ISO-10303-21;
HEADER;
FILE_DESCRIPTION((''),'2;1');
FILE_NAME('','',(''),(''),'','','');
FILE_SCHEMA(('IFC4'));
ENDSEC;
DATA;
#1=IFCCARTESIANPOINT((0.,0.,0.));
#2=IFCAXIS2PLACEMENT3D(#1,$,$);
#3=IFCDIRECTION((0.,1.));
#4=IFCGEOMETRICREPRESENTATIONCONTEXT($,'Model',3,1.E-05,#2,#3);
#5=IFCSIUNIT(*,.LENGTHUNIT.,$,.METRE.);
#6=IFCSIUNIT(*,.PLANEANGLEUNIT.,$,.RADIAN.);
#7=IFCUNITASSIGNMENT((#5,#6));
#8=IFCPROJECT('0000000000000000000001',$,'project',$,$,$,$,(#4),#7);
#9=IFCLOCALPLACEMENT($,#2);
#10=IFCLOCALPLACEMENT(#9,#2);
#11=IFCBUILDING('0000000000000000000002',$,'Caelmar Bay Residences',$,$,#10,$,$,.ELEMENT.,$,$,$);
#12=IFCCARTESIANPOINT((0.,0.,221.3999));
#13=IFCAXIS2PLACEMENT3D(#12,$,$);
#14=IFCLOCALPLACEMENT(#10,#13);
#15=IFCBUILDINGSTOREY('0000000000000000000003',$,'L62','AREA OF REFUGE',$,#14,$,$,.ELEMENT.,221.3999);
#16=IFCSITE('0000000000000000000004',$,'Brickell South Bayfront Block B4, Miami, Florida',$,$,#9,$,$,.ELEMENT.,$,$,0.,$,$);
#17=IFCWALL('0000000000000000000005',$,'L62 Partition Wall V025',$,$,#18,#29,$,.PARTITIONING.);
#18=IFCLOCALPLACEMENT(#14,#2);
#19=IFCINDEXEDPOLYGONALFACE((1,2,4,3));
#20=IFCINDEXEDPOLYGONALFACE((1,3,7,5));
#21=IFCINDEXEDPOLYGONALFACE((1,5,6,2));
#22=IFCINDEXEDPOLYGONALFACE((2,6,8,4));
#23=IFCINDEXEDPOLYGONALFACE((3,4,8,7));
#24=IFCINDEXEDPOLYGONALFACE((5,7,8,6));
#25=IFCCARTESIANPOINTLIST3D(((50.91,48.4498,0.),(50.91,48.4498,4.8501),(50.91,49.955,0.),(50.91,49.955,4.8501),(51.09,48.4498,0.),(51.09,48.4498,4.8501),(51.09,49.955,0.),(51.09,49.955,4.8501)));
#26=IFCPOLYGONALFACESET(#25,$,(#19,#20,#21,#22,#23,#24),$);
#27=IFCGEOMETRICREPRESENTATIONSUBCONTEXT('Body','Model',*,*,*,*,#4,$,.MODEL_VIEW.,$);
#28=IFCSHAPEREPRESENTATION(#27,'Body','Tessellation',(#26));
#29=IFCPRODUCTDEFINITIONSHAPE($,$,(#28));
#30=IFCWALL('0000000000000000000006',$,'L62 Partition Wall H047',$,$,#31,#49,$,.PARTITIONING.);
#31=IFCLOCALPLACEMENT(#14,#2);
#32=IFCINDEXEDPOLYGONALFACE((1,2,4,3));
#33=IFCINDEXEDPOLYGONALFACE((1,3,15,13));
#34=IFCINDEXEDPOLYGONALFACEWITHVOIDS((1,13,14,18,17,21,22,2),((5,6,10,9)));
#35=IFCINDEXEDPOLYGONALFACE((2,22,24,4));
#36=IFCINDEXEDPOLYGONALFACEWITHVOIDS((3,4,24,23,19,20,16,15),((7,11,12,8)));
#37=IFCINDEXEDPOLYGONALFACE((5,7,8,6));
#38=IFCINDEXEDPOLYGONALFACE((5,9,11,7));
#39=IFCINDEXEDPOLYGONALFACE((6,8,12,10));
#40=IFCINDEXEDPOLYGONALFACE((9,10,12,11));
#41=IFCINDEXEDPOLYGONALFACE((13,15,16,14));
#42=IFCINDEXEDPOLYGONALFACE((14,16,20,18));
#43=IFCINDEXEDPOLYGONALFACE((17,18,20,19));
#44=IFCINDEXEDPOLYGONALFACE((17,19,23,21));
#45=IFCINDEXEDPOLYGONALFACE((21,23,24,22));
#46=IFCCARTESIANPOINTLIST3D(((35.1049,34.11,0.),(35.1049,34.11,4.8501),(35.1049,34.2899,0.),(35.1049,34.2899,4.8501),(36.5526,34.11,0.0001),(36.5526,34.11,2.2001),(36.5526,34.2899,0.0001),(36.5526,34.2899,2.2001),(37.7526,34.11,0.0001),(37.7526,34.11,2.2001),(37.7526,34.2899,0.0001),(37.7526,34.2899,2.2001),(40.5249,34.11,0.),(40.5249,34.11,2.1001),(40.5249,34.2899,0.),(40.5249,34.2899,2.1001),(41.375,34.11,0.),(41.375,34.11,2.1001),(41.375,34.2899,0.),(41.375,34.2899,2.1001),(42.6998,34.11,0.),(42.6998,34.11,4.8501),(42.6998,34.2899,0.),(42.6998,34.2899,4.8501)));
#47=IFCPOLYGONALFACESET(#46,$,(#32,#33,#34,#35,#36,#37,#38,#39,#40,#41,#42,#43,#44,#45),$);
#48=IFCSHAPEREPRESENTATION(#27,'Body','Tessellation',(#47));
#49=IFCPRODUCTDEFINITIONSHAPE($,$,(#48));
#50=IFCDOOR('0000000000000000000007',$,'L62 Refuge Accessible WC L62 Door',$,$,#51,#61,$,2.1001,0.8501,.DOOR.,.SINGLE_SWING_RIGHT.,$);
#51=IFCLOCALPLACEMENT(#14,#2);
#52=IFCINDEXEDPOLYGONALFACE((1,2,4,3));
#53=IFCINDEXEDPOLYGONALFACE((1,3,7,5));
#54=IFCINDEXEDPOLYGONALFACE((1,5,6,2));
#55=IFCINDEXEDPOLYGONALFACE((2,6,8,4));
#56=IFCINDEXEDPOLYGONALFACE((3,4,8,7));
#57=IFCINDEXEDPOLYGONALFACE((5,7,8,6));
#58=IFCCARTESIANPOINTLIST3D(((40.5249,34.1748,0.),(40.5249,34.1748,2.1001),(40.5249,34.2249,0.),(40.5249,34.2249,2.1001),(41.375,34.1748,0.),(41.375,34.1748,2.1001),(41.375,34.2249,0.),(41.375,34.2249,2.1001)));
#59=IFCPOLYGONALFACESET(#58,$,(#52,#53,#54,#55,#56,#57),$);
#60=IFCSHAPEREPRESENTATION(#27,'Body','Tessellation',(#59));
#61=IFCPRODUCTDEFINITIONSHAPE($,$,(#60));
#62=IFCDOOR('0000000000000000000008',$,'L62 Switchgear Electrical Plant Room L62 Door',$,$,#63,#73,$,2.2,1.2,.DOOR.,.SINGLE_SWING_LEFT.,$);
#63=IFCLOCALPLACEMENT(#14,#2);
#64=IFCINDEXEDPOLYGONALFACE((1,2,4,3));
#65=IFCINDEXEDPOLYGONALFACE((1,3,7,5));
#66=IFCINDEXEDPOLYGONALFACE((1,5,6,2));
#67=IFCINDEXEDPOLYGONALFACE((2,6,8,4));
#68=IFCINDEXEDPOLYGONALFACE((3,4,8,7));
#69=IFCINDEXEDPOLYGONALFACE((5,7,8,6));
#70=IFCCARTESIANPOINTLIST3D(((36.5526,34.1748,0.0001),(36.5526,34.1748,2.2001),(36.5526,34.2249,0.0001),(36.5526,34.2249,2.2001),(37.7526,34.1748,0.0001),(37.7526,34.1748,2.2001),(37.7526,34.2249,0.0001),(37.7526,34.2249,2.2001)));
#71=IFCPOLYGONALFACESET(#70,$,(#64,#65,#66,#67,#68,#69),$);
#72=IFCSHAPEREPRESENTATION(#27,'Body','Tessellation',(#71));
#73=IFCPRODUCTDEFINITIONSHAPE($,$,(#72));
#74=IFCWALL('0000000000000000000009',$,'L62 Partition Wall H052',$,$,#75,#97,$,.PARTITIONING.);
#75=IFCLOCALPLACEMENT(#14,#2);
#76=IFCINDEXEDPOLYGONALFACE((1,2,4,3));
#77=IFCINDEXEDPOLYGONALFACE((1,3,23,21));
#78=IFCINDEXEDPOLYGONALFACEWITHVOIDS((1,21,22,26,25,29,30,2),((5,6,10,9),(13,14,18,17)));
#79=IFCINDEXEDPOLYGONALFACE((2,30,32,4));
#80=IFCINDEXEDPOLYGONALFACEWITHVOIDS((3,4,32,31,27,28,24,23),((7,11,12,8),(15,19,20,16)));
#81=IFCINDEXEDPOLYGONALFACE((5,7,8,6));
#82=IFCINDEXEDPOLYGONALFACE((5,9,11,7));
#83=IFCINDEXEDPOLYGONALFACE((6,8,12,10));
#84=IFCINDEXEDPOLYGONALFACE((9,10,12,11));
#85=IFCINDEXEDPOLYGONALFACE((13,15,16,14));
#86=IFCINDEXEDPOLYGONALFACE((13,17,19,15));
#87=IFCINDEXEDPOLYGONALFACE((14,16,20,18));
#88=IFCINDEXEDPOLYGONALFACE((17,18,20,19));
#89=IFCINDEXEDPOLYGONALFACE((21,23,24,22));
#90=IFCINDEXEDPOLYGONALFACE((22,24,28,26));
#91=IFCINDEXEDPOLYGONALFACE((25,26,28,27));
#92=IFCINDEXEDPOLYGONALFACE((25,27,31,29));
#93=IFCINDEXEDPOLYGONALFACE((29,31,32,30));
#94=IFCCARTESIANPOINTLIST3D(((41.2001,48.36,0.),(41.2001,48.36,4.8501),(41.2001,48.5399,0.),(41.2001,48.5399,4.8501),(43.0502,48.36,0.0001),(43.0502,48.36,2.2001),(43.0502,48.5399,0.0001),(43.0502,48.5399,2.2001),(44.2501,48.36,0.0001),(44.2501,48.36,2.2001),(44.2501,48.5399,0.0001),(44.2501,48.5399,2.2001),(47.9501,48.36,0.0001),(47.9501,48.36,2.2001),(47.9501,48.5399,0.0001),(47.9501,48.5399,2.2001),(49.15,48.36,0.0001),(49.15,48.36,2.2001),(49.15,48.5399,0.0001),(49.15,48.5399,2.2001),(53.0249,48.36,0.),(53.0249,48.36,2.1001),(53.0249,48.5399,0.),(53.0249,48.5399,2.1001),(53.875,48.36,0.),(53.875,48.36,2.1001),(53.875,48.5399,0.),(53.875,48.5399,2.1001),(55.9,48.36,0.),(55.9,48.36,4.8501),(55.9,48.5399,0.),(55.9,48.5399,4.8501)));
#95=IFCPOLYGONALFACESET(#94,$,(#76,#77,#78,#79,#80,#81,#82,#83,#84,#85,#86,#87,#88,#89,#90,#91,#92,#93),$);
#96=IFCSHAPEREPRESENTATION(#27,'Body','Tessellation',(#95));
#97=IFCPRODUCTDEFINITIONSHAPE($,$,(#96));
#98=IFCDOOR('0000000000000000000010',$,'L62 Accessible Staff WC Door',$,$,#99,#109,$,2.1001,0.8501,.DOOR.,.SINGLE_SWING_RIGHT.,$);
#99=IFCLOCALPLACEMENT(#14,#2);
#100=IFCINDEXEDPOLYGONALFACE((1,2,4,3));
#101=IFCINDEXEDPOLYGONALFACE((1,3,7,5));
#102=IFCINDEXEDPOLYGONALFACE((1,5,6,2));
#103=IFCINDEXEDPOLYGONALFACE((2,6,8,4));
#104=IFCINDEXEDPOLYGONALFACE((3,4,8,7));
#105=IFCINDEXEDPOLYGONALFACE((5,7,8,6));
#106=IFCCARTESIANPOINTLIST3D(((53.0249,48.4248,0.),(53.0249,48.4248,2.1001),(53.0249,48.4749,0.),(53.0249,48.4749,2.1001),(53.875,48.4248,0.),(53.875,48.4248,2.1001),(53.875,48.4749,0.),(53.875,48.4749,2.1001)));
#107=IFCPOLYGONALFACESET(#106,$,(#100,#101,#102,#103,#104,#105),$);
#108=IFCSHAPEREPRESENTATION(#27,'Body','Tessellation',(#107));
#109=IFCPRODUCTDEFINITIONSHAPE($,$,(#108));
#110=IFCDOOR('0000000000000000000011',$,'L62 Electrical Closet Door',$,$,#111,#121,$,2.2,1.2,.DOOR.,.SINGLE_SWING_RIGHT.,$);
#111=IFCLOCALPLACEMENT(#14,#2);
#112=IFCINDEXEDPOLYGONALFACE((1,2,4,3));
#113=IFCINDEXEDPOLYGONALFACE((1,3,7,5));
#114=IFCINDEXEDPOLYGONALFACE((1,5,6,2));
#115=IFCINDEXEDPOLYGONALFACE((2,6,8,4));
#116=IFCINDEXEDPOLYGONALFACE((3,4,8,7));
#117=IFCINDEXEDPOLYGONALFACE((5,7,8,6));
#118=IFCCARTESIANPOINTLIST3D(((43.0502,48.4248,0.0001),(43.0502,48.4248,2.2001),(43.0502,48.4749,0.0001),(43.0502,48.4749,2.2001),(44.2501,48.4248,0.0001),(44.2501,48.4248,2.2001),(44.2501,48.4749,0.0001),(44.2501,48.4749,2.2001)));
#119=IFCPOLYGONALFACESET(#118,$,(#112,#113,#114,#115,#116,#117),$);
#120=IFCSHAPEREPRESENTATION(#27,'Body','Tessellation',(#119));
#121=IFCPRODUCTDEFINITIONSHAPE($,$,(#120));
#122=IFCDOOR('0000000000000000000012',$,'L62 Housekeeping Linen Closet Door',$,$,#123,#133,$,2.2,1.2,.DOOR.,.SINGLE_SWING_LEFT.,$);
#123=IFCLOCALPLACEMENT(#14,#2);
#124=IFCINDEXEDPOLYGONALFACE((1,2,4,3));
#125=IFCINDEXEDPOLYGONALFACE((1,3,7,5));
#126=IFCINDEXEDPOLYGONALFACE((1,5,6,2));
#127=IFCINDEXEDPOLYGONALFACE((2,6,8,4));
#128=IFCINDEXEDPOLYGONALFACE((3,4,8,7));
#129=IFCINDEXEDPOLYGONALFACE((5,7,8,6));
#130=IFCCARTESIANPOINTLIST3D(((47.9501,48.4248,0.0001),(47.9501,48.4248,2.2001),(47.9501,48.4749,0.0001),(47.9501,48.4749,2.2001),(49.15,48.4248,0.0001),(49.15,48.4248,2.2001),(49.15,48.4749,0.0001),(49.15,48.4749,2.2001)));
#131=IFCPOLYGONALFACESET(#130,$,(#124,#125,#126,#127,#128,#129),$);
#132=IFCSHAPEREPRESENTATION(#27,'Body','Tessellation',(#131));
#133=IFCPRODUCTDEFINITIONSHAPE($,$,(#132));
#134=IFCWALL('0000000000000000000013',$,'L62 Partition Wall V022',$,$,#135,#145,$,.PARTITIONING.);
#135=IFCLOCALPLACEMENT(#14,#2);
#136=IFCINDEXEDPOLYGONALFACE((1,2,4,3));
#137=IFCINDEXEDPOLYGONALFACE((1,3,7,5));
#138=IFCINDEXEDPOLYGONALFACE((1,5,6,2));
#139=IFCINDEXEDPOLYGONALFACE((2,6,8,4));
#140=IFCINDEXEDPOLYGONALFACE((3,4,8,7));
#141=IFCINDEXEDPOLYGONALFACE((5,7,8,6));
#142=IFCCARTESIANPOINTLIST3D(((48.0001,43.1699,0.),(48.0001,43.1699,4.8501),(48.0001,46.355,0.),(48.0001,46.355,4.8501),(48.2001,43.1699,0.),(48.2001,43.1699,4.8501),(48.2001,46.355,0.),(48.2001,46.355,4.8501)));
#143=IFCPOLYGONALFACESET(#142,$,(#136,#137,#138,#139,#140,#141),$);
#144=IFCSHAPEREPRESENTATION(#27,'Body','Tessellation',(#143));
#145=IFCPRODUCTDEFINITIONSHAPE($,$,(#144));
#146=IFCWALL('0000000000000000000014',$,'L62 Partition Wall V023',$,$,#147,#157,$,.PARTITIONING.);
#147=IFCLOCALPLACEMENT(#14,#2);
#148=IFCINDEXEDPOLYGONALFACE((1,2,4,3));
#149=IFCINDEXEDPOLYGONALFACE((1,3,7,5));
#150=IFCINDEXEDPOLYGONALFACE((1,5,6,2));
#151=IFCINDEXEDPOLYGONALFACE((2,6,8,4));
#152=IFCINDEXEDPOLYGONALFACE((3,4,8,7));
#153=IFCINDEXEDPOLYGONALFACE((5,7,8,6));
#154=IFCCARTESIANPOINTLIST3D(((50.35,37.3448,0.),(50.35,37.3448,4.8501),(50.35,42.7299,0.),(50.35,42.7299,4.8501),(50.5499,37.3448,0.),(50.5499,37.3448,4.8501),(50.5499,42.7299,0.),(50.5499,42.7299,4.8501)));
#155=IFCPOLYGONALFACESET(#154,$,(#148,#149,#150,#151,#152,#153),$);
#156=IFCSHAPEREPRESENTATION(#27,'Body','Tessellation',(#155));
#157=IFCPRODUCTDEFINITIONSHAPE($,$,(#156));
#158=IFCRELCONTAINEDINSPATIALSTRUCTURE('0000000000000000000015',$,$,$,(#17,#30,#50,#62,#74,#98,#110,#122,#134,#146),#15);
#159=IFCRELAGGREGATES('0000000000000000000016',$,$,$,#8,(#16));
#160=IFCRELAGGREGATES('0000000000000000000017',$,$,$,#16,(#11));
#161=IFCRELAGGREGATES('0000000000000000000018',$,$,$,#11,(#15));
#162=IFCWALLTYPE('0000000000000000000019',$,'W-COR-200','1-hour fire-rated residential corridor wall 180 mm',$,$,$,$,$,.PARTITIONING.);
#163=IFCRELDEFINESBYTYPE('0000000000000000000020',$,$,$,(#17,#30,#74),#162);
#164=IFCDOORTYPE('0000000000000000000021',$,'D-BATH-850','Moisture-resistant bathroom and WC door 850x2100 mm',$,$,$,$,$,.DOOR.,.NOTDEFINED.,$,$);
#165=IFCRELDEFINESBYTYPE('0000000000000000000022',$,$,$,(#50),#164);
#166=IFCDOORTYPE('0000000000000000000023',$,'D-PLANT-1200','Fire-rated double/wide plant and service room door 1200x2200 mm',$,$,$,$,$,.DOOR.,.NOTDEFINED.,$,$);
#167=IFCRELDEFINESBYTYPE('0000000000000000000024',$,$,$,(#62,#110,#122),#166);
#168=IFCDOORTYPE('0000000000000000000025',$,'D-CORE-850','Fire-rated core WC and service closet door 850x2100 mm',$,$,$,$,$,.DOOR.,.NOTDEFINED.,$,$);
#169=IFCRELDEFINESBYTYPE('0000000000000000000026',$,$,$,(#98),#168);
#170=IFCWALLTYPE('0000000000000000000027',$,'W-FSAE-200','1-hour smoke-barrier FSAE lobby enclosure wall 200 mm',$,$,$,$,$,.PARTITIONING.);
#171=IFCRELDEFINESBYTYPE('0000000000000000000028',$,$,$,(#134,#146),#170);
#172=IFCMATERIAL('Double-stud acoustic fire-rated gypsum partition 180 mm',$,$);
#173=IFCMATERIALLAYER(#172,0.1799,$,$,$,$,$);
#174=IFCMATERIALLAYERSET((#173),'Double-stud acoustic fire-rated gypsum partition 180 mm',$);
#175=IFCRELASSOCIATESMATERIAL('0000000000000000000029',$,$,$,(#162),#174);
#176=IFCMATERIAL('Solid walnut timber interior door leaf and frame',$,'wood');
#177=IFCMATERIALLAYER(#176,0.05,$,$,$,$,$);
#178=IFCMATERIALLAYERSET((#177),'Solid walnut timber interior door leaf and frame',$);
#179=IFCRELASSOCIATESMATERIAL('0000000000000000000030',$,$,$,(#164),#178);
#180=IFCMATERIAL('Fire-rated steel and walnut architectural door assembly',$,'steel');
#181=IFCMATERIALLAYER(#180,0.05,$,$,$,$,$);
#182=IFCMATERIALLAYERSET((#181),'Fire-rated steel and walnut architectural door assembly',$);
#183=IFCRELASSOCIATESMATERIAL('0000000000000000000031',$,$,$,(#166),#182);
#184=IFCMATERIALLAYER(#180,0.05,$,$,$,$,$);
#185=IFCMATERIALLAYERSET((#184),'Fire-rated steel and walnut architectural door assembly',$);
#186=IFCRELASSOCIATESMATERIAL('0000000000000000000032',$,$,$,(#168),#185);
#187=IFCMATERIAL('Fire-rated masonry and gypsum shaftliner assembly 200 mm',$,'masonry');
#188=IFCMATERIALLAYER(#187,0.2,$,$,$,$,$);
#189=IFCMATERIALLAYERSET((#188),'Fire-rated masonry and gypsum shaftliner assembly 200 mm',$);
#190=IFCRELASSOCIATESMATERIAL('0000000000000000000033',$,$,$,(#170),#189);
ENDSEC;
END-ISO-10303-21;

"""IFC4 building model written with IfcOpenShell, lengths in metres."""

from ifc_helpers import new_model, si_unit, direction, frame, frame_2d, origin, place, context, subcontext, project, spatial, rectangle, extrude, material, layer, layer_set, type_object, element, fill, save


model = new_model("IFC4")

# Units and contexts
model_context = context("Model", 3, precision=1e-05, world=origin(), true_north=direction((0.0, 1.0)))
body_context = subcontext(model_context, "Body", "Model", "MODEL_VIEW")
ifc_project = project(units=[si_unit("LENGTHUNIT", "METRE"), si_unit("PLANEANGLEUNIT", "RADIAN")], contexts=[model_context])

# Site, building, storey
site_placement = place(None, origin())
site = spatial("IfcSite", under=ifc_project, at=site_placement, Name="Brickell South Bayfront Block B4, Miami, Florida", CompositionType="ELEMENT", RefElevation=0.0)
building_placement = place(site_placement, origin())
building = spatial("IfcBuilding", under=site, at=building_placement, Name="Caelmar Bay Residences", CompositionType="ELEMENT")
storey_placement = place(building_placement, frame((0.0, 0.0, 221.3999)))
storey = spatial("IfcBuildingStorey", under=building, at=storey_placement, Name="L62", Description="AREA OF REFUGE", CompositionType="ELEMENT", Elevation=221.3999)

# Shared definitions
ifc_material_1 = material(Name="Double-stud acoustic fire-rated gypsum partition 180 mm")
ifc_layer_1 = layer(ifc_material_1, 0.1799)
ifc_layer_set_1 = layer_set([ifc_layer_1], Name="Double-stud acoustic fire-rated gypsum partition 180 mm")
wall_type_1 = type_object("IfcWallType", Name="W-COR-200", Description="1-hour fire-rated residential corridor wall 180 mm", PredefinedType="PARTITIONING", material=ifc_layer_set_1)
ifc_material_2 = material(Name="Fire-rated steel and walnut architectural door assembly", Category="steel")

# Wall
for number, where, z_axis, x_axis, name in (
    (1, (51.0, 48.45, 0.0), (0.0, 0.0, 1.0), (0.0, 1.0, 0.0), "L62 Partition Wall V025"),
):
    element("IfcWall", number, at=place(storey_placement, frame(where, z_axis=z_axis, x_axis=x_axis)), inside=storey, type_object=wall_type_1, Name=name, PredefinedType="PARTITIONING", context=body_context, shape_type="SweptSolid", body=[
        extrude(rectangle(XDim=1.5051, YDim=0.1799, at=frame_2d((0.7524, 0.0))), origin(), (0.0, 0.0, 1.0), 4.8501),
    ])

# Walls, openings, doors
wall_1_placement = place(storey_placement, frame((35.105, 34.2, 0.0), z_axis=(0.0, 0.0, 1.0), x_axis=(1.0, 0.0, 0.0)))
wall_1 = element("IfcWall", 2, at=wall_1_placement, inside=storey, type_object=wall_type_1, Name="L62 Partition Wall H047", PredefinedType="PARTITIONING", context=body_context, shape_type="SweptSolid", body=[
    extrude(rectangle(XDim=7.595, YDim=0.1799, at=frame_2d((3.7974, 0.0))), origin(), (0.0, 0.0, 1.0), 4.8501),
])
opening_1_placement = place(wall_1_placement, frame((1.4475, 0.0, 0.0)))
opening_1 = element("IfcOpeningElement", 3, at=opening_1_placement, cuts=wall_1, PredefinedType="OPENING", context=body_context, shape_type="SweptSolid", body=[
    extrude(rectangle(XDim=1.2, YDim=2.2, at=frame_2d((0.6001, 1.1001))), frame((0.0, 0.0999, 0.0), z_axis=(0.0, -1.0, 0.0), x_axis=(1.0, 0.0, 0.0)), (0.0, 0.0, 1.0), 0.2),
])
opening_2_placement = place(wall_1_placement, frame((5.4199, 0.0, 0.0)))
opening_2 = element("IfcOpeningElement", 4, at=opening_2_placement, cuts=wall_1, PredefinedType="OPENING", context=body_context, shape_type="SweptSolid", body=[
    extrude(rectangle(XDim=0.8501, YDim=2.1001, at=frame_2d((0.425, 1.05))), frame((0.0, 0.0999, 0.0), z_axis=(0.0, -1.0, 0.0), x_axis=(1.0, 0.0, 0.0)), (0.0, 0.0, 1.0), 0.2),
])
ifc_material_3 = material(Name="Solid walnut timber interior door leaf and frame", Category="wood")
ifc_layer_2 = layer(ifc_material_3, 0.05)
ifc_layer_set_2 = layer_set([ifc_layer_2], Name="Solid walnut timber interior door leaf and frame")
door_type_1 = type_object("IfcDoorType", Name="D-BATH-850", Description="Moisture-resistant bathroom and WC door 850x2100 mm", OperationType="NOTDEFINED", PredefinedType="DOOR", material=ifc_layer_set_2)
door_1_placement = place(opening_2_placement, origin())
door_1 = element("IfcDoor", 5, at=door_1_placement, inside=storey, type_object=door_type_1, Name="L62 Refuge Accessible WC L62 Door", OperationType="SINGLE_SWING_RIGHT", OverallHeight=2.1001, OverallWidth=0.8501, PredefinedType="DOOR", context=body_context, shape_type="SweptSolid", body=[
    extrude(rectangle(XDim=0.8501, YDim=2.1001, at=frame_2d((0.425, 1.05))), frame((0.0, 0.0249, 0.0), z_axis=(0.0, -1.0, 0.0), x_axis=(1.0, 0.0, 0.0)), (0.0, 0.0, 1.0), 0.05),
])
fill(opening_2, door_1)
ifc_layer_3 = layer(ifc_material_2, 0.05)
ifc_layer_set_3 = layer_set([ifc_layer_3], Name="Fire-rated steel and walnut architectural door assembly")
door_type_2 = type_object("IfcDoorType", Name="D-PLANT-1200", Description="Fire-rated double/wide plant and service room door 1200x2200 mm", OperationType="NOTDEFINED", PredefinedType="DOOR", material=ifc_layer_set_3)
door_2_placement = place(opening_1_placement, origin())
door_2 = element("IfcDoor", 6, at=door_2_placement, inside=storey, type_object=door_type_2, Name="L62 Switchgear Electrical Plant Room L62 Door", OperationType="SINGLE_SWING_LEFT", OverallHeight=2.2, OverallWidth=1.2, PredefinedType="DOOR", context=body_context, shape_type="SweptSolid", body=[
    extrude(rectangle(XDim=1.2, YDim=2.2, at=frame_2d((0.6001, 1.1001))), frame((0.0, 0.0249, 0.0), z_axis=(0.0, -1.0, 0.0), x_axis=(1.0, 0.0, 0.0)), (0.0, 0.0, 1.0), 0.05),
])
fill(opening_1, door_2)
wall_2_placement = place(storey_placement, frame((41.2, 48.45, 0.0), z_axis=(0.0, 0.0, 1.0), x_axis=(1.0, 0.0, 0.0)))
wall_2 = element("IfcWall", 7, at=wall_2_placement, inside=storey, type_object=wall_type_1, Name="L62 Partition Wall H052", PredefinedType="PARTITIONING", context=body_context, shape_type="SweptSolid", body=[
    extrude(rectangle(XDim=14.7, YDim=0.1799, at=frame_2d((7.3501, 0.0))), origin(), (0.0, 0.0, 1.0), 4.8501),
])
opening_3_placement = place(wall_2_placement, frame((1.8501, 0.0, 0.0)))
opening_3 = element("IfcOpeningElement", 8, at=opening_3_placement, cuts=wall_2, PredefinedType="OPENING", context=body_context, shape_type="SweptSolid", body=[
    extrude(rectangle(XDim=1.2, YDim=2.2, at=frame_2d((0.6001, 1.1001))), frame((0.0, 0.0999, 0.0), z_axis=(0.0, -1.0, 0.0), x_axis=(1.0, 0.0, 0.0)), (0.0, 0.0, 1.0), 0.2),
])
opening_4_placement = place(wall_2_placement, frame((6.75, 0.0, 0.0)))
opening_4 = element("IfcOpeningElement", 9, at=opening_4_placement, cuts=wall_2, PredefinedType="OPENING", context=body_context, shape_type="SweptSolid", body=[
    extrude(rectangle(XDim=1.2, YDim=2.2, at=frame_2d((0.6001, 1.1001))), frame((0.0, 0.0999, 0.0), z_axis=(0.0, -1.0, 0.0), x_axis=(1.0, 0.0, 0.0)), (0.0, 0.0, 1.0), 0.2),
])
opening_5_placement = place(wall_2_placement, frame((11.825, 0.0, 0.0)))
opening_5 = element("IfcOpeningElement", 10, at=opening_5_placement, cuts=wall_2, PredefinedType="OPENING", context=body_context, shape_type="SweptSolid", body=[
    extrude(rectangle(XDim=0.8501, YDim=2.1001, at=frame_2d((0.425, 1.05))), frame((0.0, 0.0999, 0.0), z_axis=(0.0, -1.0, 0.0), x_axis=(1.0, 0.0, 0.0)), (0.0, 0.0, 1.0), 0.2),
])
ifc_layer_4 = layer(ifc_material_2, 0.05)
ifc_layer_set_4 = layer_set([ifc_layer_4], Name="Fire-rated steel and walnut architectural door assembly")
door_type_3 = type_object("IfcDoorType", Name="D-CORE-850", Description="Fire-rated core WC and service closet door 850x2100 mm", OperationType="NOTDEFINED", PredefinedType="DOOR", material=ifc_layer_set_4)
door_3_placement = place(opening_5_placement, origin())
door_3 = element("IfcDoor", 11, at=door_3_placement, inside=storey, type_object=door_type_3, Name="L62 Accessible Staff WC Door", OperationType="SINGLE_SWING_RIGHT", OverallHeight=2.1001, OverallWidth=0.8501, PredefinedType="DOOR", context=body_context, shape_type="SweptSolid", body=[
    extrude(rectangle(XDim=0.8501, YDim=2.1001, at=frame_2d((0.425, 1.05))), frame((0.0, 0.0249, 0.0), z_axis=(0.0, -1.0, 0.0), x_axis=(1.0, 0.0, 0.0)), (0.0, 0.0, 1.0), 0.05),
])
fill(opening_5, door_3)
door_4_placement = place(opening_3_placement, origin())
door_4 = element("IfcDoor", 12, at=door_4_placement, inside=storey, type_object=door_type_2, Name="L62 Electrical Closet Door", OperationType="SINGLE_SWING_RIGHT", OverallHeight=2.2, OverallWidth=1.2, PredefinedType="DOOR", context=body_context, shape_type="SweptSolid", body=[
    extrude(rectangle(XDim=1.2, YDim=2.2, at=frame_2d((0.6001, 1.1001))), frame((0.0, 0.0249, 0.0), z_axis=(0.0, -1.0, 0.0), x_axis=(1.0, 0.0, 0.0)), (0.0, 0.0, 1.0), 0.05),
])
fill(opening_3, door_4)
door_5_placement = place(opening_4_placement, origin())
door_5 = element("IfcDoor", 13, at=door_5_placement, inside=storey, type_object=door_type_2, Name="L62 Housekeeping Linen Closet Door", OperationType="SINGLE_SWING_LEFT", OverallHeight=2.2, OverallWidth=1.2, PredefinedType="DOOR", context=body_context, shape_type="SweptSolid", body=[
    extrude(rectangle(XDim=1.2, YDim=2.2, at=frame_2d((0.6001, 1.1001))), frame((0.0, 0.0249, 0.0), z_axis=(0.0, -1.0, 0.0), x_axis=(1.0, 0.0, 0.0)), (0.0, 0.0, 1.0), 0.05),
])
fill(opening_4, door_5)

# Walls
ifc_material_4 = material(Name="Fire-rated masonry and gypsum shaftliner assembly 200 mm", Category="masonry")
ifc_layer_5 = layer(ifc_material_4, 0.2)
ifc_layer_set_5 = layer_set([ifc_layer_5], Name="Fire-rated masonry and gypsum shaftliner assembly 200 mm")
wall_type_2 = type_object("IfcWallType", Name="W-FSAE-200", Description="1-hour smoke-barrier FSAE lobby enclosure wall 200 mm", PredefinedType="PARTITIONING", material=ifc_layer_set_5)
wall_3_placement = place(storey_placement, frame((48.1001, 43.1699, 0.0), z_axis=(0.0, 0.0, 1.0), x_axis=(0.0, 1.0, 0.0)))
element("IfcWall", 14, at=wall_3_placement, inside=storey, type_object=wall_type_2, Name="L62 Partition Wall V022", PredefinedType="PARTITIONING", context=body_context, shape_type="SweptSolid", body=[
    extrude(rectangle(XDim=3.1851, YDim=0.2, at=frame_2d((1.5925, 0.0))), origin(), (0.0, 0.0, 1.0), 4.8501),
])
wall_4_placement = place(storey_placement, frame((50.45, 37.345, 0.0), z_axis=(0.0, 0.0, 1.0), x_axis=(0.0, 1.0, 0.0)))
element("IfcWall", 15, at=wall_4_placement, inside=storey, type_object=wall_type_2, Name="L62 Partition Wall V023", PredefinedType="PARTITIONING", context=body_context, shape_type="SweptSolid", body=[
    extrude(rectangle(XDim=5.385, YDim=0.2, at=frame_2d((2.6924, 0.0))), origin(), (0.0, 0.0, 1.0), 4.8501),
])

save(model, "model.ifc")
